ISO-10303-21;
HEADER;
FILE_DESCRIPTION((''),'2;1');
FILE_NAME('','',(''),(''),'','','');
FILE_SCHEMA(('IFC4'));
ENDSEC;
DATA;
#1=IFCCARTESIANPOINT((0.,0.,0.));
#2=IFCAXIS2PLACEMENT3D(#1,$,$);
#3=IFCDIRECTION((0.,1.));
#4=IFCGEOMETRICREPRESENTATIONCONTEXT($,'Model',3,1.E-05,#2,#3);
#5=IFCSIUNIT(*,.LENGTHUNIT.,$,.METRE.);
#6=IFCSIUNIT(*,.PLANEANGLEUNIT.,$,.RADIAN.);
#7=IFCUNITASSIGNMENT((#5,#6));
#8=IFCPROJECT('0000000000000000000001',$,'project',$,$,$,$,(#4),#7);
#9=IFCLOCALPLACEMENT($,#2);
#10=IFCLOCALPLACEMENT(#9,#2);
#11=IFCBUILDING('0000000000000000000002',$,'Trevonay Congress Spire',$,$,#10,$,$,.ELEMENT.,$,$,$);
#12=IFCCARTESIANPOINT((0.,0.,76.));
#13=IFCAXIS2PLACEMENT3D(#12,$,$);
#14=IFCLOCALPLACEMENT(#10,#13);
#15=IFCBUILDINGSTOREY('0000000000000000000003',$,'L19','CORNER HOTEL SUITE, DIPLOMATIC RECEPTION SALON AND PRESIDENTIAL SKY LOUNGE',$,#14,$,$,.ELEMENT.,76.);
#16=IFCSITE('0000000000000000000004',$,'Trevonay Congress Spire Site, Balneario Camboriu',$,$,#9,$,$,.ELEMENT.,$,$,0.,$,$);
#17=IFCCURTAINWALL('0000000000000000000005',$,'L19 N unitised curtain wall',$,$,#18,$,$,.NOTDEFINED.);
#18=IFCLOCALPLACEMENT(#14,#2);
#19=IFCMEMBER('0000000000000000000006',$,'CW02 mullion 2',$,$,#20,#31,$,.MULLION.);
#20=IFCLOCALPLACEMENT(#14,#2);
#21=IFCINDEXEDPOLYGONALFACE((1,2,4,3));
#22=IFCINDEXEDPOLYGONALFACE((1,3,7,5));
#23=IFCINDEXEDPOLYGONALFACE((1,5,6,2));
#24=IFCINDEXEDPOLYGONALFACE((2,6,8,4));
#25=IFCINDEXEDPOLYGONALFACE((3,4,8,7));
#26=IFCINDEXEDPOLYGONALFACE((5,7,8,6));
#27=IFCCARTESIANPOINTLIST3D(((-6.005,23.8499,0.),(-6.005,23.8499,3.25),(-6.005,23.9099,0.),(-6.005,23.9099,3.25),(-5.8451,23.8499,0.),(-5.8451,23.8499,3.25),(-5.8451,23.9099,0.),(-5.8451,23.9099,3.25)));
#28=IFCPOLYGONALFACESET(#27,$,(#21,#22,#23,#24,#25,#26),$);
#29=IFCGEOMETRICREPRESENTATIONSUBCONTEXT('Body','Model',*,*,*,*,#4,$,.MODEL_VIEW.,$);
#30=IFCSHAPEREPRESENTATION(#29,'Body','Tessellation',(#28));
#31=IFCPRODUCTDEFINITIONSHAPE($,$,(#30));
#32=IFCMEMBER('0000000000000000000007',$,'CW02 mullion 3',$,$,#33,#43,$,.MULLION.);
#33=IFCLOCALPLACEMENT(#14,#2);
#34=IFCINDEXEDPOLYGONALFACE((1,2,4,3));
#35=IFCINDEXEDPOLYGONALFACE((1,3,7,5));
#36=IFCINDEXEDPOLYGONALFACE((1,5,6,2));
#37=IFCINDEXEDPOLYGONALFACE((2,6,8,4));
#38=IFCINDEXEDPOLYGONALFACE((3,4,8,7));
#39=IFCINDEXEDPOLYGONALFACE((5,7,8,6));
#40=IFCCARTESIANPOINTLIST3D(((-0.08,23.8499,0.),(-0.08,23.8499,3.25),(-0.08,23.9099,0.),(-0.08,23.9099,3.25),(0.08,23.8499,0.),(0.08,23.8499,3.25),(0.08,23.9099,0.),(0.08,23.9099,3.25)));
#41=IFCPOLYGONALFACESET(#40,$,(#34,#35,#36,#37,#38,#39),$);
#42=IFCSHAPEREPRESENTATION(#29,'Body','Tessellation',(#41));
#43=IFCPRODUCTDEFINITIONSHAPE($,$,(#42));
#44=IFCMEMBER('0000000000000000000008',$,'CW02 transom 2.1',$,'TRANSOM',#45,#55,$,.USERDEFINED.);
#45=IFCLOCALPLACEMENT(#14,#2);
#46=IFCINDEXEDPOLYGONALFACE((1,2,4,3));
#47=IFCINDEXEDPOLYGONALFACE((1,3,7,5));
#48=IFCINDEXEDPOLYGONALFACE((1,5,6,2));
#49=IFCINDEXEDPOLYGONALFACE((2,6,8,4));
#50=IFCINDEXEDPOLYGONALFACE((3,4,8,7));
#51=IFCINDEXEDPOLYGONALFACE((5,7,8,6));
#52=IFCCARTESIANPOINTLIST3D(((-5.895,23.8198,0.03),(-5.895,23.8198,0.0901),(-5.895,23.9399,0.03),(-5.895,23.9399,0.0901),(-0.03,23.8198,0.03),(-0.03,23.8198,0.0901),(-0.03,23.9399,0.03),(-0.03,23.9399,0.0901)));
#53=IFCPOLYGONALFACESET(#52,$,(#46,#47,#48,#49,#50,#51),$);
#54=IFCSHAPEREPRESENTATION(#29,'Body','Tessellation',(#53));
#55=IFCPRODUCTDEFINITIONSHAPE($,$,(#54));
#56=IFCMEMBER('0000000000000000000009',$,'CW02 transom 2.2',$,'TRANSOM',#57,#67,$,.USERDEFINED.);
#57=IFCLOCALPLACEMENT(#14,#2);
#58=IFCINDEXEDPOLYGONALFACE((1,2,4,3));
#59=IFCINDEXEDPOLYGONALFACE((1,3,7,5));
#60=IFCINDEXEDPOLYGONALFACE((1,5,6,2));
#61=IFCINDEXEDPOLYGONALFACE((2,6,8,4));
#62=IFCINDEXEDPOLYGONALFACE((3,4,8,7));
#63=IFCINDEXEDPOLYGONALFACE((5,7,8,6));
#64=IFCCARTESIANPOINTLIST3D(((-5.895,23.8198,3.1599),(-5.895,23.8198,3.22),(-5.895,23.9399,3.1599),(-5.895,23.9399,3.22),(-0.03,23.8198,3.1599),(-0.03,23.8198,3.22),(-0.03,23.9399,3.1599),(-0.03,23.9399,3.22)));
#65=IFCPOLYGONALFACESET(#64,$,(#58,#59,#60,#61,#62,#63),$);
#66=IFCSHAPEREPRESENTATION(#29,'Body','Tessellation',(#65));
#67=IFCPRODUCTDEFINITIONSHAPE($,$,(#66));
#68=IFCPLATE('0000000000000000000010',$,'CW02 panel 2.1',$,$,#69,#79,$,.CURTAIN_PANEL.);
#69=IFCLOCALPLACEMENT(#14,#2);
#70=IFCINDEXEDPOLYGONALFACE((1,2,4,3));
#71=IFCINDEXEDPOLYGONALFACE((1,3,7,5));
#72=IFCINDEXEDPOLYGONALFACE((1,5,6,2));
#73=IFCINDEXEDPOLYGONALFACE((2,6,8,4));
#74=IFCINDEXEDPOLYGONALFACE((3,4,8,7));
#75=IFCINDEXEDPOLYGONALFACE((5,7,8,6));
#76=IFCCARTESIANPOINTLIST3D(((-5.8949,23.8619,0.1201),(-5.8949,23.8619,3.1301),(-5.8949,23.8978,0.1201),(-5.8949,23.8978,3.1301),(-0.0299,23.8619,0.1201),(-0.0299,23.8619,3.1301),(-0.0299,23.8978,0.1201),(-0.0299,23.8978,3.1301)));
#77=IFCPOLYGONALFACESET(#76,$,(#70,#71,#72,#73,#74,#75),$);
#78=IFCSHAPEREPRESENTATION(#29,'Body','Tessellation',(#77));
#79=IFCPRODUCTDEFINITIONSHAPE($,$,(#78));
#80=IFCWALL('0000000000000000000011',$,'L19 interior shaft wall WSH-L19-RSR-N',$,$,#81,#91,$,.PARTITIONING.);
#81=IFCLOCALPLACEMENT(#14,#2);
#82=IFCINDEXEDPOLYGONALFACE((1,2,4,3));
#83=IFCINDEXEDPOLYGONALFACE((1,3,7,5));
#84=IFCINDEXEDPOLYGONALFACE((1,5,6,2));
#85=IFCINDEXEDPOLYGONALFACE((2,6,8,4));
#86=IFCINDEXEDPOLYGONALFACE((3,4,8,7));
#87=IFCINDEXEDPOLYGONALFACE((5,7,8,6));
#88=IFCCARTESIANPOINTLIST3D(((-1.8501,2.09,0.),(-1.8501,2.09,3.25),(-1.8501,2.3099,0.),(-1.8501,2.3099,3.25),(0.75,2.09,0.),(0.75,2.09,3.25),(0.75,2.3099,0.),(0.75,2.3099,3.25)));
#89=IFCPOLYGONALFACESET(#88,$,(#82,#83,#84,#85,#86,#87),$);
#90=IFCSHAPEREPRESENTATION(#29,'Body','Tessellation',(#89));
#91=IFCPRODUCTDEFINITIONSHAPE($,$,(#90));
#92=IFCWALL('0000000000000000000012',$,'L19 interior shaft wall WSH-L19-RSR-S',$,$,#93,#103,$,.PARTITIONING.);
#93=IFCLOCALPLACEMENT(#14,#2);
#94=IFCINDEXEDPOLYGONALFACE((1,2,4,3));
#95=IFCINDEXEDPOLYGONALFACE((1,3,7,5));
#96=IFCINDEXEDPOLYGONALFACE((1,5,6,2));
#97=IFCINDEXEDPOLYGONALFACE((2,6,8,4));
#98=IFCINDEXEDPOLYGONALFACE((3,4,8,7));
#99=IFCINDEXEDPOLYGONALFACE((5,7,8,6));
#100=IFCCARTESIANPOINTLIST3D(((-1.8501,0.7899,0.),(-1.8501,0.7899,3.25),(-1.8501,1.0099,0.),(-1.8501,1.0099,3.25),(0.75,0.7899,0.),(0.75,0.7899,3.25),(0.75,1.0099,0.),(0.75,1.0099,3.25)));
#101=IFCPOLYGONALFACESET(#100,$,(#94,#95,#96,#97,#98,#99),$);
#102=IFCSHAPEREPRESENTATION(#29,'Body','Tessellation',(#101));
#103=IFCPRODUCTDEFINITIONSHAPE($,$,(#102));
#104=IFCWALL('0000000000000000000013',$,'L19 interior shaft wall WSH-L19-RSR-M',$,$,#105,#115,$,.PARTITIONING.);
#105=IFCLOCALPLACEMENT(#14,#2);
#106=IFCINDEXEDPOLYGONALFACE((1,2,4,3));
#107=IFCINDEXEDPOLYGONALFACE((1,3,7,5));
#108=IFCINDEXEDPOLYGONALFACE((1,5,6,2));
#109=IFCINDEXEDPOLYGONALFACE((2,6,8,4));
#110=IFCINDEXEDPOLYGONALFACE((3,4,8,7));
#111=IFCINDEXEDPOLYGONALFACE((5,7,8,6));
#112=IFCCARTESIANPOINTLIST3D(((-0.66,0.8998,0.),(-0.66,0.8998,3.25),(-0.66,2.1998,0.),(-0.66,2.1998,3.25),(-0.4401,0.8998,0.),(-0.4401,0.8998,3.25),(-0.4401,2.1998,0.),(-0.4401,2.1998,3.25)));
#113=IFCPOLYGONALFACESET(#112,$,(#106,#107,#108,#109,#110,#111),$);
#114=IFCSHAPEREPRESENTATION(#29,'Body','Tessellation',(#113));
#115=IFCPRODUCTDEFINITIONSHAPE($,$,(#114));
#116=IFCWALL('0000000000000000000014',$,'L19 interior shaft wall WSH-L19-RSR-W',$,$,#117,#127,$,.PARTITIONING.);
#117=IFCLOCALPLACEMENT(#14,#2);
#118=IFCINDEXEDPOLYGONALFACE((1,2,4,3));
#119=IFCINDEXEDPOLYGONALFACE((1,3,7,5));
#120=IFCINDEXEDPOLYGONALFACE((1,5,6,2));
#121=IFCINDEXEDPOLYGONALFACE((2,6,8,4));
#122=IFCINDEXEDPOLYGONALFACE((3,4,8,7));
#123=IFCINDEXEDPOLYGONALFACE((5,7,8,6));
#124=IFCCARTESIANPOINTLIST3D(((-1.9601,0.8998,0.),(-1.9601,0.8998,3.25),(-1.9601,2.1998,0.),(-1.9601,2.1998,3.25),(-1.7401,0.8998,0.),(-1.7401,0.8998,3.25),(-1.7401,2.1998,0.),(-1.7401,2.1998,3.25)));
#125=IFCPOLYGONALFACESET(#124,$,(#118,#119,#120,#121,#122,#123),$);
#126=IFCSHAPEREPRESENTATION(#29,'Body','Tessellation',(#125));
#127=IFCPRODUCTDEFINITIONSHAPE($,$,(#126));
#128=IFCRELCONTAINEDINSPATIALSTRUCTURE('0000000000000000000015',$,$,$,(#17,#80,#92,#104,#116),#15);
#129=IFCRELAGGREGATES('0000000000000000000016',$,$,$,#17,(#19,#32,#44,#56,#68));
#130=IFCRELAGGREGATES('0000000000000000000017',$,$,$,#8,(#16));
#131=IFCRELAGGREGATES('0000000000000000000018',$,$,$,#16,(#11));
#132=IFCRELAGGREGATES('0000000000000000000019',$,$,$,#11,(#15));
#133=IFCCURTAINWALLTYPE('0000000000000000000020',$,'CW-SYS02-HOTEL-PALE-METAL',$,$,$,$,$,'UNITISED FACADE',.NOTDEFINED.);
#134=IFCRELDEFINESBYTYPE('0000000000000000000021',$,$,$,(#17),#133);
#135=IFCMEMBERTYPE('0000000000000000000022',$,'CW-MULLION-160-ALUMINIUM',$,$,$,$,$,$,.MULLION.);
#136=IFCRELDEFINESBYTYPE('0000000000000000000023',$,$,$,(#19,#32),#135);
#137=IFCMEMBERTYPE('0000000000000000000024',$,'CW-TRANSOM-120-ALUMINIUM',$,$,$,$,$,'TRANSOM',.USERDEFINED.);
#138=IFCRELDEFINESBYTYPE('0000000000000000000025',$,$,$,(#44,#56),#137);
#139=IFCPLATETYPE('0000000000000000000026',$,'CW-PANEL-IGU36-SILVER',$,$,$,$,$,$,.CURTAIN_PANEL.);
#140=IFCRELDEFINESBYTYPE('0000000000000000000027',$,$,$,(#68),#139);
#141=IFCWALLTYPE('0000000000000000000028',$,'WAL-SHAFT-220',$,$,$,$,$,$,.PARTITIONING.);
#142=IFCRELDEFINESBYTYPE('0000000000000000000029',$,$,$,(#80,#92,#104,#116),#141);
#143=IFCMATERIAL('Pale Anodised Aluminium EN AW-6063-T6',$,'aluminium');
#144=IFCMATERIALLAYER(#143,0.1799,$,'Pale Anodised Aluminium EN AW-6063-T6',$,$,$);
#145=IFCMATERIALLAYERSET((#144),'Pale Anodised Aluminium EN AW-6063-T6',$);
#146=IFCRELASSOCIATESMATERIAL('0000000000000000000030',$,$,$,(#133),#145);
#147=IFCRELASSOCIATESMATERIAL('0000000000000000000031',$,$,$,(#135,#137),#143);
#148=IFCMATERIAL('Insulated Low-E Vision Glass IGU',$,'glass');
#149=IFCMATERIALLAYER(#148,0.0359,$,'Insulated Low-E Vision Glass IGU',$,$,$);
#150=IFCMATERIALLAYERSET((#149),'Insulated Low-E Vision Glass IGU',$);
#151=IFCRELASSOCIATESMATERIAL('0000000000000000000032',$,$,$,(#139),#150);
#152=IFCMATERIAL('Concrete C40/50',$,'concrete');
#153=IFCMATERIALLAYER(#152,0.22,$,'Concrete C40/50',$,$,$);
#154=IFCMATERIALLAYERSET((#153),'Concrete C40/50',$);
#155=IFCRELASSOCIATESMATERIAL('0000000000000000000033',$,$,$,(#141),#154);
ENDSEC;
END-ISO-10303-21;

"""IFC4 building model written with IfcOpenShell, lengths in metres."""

from ifc_helpers import new_model, si_unit, direction, frame, frame_2d, origin, origin_2d, place, context, subcontext, project, spatial, rectangle, extrude, material, layer, layer_set, material_profile, profile_set, type_object, element, aggregate, save


model = new_model("IFC4")

# Units and contexts
model_context = context("Model", 3, precision=1e-05, world=origin(), true_north=direction((0.0, 1.0)))
body_context = subcontext(model_context, "Body", "Model", "MODEL_VIEW")
ifc_project = project(units=[si_unit("LENGTHUNIT", "METRE"), si_unit("PLANEANGLEUNIT", "RADIAN")], contexts=[model_context])

# Site, building, storey
site_placement = place(None, origin())
site = spatial("IfcSite", under=ifc_project, at=site_placement, Name="Trevonay Congress Spire Site, Balneario Camboriu", CompositionType="ELEMENT", RefElevation=0.0)
building_placement = place(site_placement, origin())
building = spatial("IfcBuilding", under=site, at=building_placement, Name="Trevonay Congress Spire", CompositionType="ELEMENT")
storey_placement = place(building_placement, frame((0.0, 0.0, 76.0)))
storey = spatial("IfcBuildingStorey", under=building, at=storey_placement, Name="L19", Description="CORNER HOTEL SUITE, DIPLOMATIC RECEPTION SALON AND PRESIDENTIAL SKY LOUNGE", CompositionType="ELEMENT", Elevation=76.0)

# Curtain wall, members, plate
ifc_material_1 = material(Name="Pale Anodised Aluminium EN AW-6063-T6", Category="aluminium")
ifc_layer_1 = layer(ifc_material_1, 0.1799, Name="Pale Anodised Aluminium EN AW-6063-T6")
ifc_layer_set_1 = layer_set([ifc_layer_1], Name="Pale Anodised Aluminium EN AW-6063-T6")
curtain_wall_type = type_object("IfcCurtainWallType", Name="CW-SYS02-HOTEL-PALE-METAL", ElementType="UNITISED FACADE", PredefinedType="NOTDEFINED", material=ifc_layer_set_1)
curtain_wall_placement = place(storey_placement, origin())
curtain_wall = element("IfcCurtainWall", 1, at=curtain_wall_placement, inside=storey, type_object=curtain_wall_type, Name="L19 N unitised curtain wall", PredefinedType="NOTDEFINED")
ifc_material_profile_1 = material_profile(ifc_material_1, rectangle(XDim=0.0601, YDim=0.1599, at=origin_2d()), Name="CW-MULLION-160-ALUMINIUM")
ifc_profile_set_1 = profile_set([ifc_material_profile_1], Name="Pale Anodised Aluminium EN AW-6063-T6")
member_type_1 = type_object("IfcMemberType", Name="CW-MULLION-160-ALUMINIUM", PredefinedType="MULLION", material=ifc_profile_set_1)
member_1_placement = place(storey_placement, frame((-5.925, 23.8799, 0.0), z_axis=(0.0, 0.0, 1.0), x_axis=(0.0, 1.0, 0.0)))
member_1 = element("IfcMember", 2, at=member_1_placement, type_object=member_type_1, Name="CW02 mullion 2", PredefinedType="MULLION", context=body_context, shape_type="SweptSolid", body=[
    extrude(rectangle(XDim=0.0601, YDim=0.1599, at=origin_2d()), origin(), (0.0, 0.0, 1.0), 3.25),
])
member_2_placement = place(storey_placement, frame((0.0, 23.8799, 0.0), z_axis=(0.0, 0.0, 1.0), x_axis=(0.0, 1.0, 0.0)))
member_2 = element("IfcMember", 3, at=member_2_placement, type_object=member_type_1, Name="CW02 mullion 3", PredefinedType="MULLION", context=body_context, shape_type="SweptSolid", body=[
    extrude(rectangle(XDim=0.0601, YDim=0.1599, at=origin_2d()), origin(), (0.0, 0.0, 1.0), 3.25),
])
ifc_material_profile_2 = material_profile(ifc_material_1, rectangle(XDim=0.1201, YDim=0.0601, at=origin_2d()), Name="CW-TRANSOM-120-ALUMINIUM")
ifc_profile_set_2 = profile_set([ifc_material_profile_2], Name="Pale Anodised Aluminium EN AW-6063-T6")
member_type_2 = type_object("IfcMemberType", Name="CW-TRANSOM-120-ALUMINIUM", ElementType="TRANSOM", PredefinedType="USERDEFINED", material=ifc_profile_set_2)
member_3_placement = place(storey_placement, frame((-5.895, 23.8799, 0.0601), z_axis=(1.0, 0.0, 0.0), x_axis=(0.0, 1.0, 0.0)))
member_3 = element("IfcMember", 4, at=member_3_placement, type_object=member_type_2, Name="CW02 transom 2.1", ObjectType="TRANSOM", PredefinedType="USERDEFINED", context=body_context, shape_type="SweptSolid", body=[
    extrude(rectangle(XDim=0.1201, YDim=0.0601, at=origin_2d()), origin(), (0.0, 0.0, 1.0), 5.865),
])
member_4_placement = place(storey_placement, frame((-5.895, 23.8799, 3.1899), z_axis=(1.0, 0.0, 0.0), x_axis=(0.0, 1.0, 0.0)))
member_4 = element("IfcMember", 5, at=member_4_placement, type_object=member_type_2, Name="CW02 transom 2.2", ObjectType="TRANSOM", PredefinedType="USERDEFINED", context=body_context, shape_type="SweptSolid", body=[
    extrude(rectangle(XDim=0.1201, YDim=0.0601, at=origin_2d()), origin(), (0.0, 0.0, 1.0), 5.865),
])
ifc_material_2 = material(Name="Insulated Low-E Vision Glass IGU", Category="glass")
ifc_layer_2 = layer(ifc_material_2, 0.0359, Name="Insulated Low-E Vision Glass IGU")
ifc_layer_set_2 = layer_set([ifc_layer_2], Name="Insulated Low-E Vision Glass IGU")
plate_type = type_object("IfcPlateType", Name="CW-PANEL-IGU36-SILVER", PredefinedType="CURTAIN_PANEL", material=ifc_layer_set_2)
plate_placement = place(storey_placement, frame((-2.9624, 23.8799, 0.1201), z_axis=(0.0, 0.0, 1.0), x_axis=(1.0, 0.0, 0.0)))
plate = element("IfcPlate", 6, at=plate_placement, type_object=plate_type, Name="CW02 panel 2.1", PredefinedType="CURTAIN_PANEL", context=body_context, shape_type="SweptSolid", body=[
    extrude(rectangle(XDim=5.865, YDim=0.0359, at=origin_2d()), origin(), (0.0, 0.0, 1.0), 3.01),
])
aggregate(curtain_wall, [member_1, member_2, member_3, member_4, plate])

# Walls
ifc_material_3 = material(Name="Concrete C40/50", Category="concrete")
ifc_layer_3 = layer(ifc_material_3, 0.22, Name="Concrete C40/50")
ifc_layer_set_3 = layer_set([ifc_layer_3], Name="Concrete C40/50")
wall_type_1 = type_object("IfcWallType", Name="WAL-SHAFT-220", PredefinedType="PARTITIONING", material=ifc_layer_set_3)
for number, where, z_axis, x_axis, name in (
    (7, (-1.8501, 2.2, 0.0), (0.0, 0.0, 1.0), (1.0, 0.0, 0.0), "L19 interior shaft wall WSH-L19-RSR-N"),
    (8, (-1.8501, 0.8999, 0.0), (0.0, 0.0, 1.0), (1.0, 0.0, 0.0), "L19 interior shaft wall WSH-L19-RSR-S"),
):
    element("IfcWall", number, at=place(storey_placement, frame(where, z_axis=z_axis, x_axis=x_axis)), inside=storey, type_object=wall_type_1, Name=name, PredefinedType="PARTITIONING", context=body_context, shape_type="SweptSolid", body=[
        extrude(rectangle(XDim=2.6001, YDim=0.22, at=frame_2d((1.3, 0.0))), origin(), (0.0, 0.0, 1.0), 3.25),
    ])
for number, where, z_axis, x_axis, name in (
    (9, (-0.55, 0.8999, 0.0), (0.0, 0.0, 1.0), (0.0, 1.0, 0.0), "L19 interior shaft wall WSH-L19-RSR-M"),
    (10, (-1.8501, 0.8999, 0.0), (0.0, 0.0, 1.0), (0.0, 1.0, 0.0), "L19 interior shaft wall WSH-L19-RSR-W"),
):
    element("IfcWall", number, at=place(storey_placement, frame(where, z_axis=z_axis, x_axis=x_axis)), inside=storey, type_object=wall_type_1, Name=name, PredefinedType="PARTITIONING", context=body_context, shape_type="SweptSolid", body=[
        extrude(rectangle(XDim=1.3, YDim=0.22, at=frame_2d((0.6499, 0.0))), origin(), (0.0, 0.0, 1.0), 3.25),
    ])

save(model, "model.ifc")
